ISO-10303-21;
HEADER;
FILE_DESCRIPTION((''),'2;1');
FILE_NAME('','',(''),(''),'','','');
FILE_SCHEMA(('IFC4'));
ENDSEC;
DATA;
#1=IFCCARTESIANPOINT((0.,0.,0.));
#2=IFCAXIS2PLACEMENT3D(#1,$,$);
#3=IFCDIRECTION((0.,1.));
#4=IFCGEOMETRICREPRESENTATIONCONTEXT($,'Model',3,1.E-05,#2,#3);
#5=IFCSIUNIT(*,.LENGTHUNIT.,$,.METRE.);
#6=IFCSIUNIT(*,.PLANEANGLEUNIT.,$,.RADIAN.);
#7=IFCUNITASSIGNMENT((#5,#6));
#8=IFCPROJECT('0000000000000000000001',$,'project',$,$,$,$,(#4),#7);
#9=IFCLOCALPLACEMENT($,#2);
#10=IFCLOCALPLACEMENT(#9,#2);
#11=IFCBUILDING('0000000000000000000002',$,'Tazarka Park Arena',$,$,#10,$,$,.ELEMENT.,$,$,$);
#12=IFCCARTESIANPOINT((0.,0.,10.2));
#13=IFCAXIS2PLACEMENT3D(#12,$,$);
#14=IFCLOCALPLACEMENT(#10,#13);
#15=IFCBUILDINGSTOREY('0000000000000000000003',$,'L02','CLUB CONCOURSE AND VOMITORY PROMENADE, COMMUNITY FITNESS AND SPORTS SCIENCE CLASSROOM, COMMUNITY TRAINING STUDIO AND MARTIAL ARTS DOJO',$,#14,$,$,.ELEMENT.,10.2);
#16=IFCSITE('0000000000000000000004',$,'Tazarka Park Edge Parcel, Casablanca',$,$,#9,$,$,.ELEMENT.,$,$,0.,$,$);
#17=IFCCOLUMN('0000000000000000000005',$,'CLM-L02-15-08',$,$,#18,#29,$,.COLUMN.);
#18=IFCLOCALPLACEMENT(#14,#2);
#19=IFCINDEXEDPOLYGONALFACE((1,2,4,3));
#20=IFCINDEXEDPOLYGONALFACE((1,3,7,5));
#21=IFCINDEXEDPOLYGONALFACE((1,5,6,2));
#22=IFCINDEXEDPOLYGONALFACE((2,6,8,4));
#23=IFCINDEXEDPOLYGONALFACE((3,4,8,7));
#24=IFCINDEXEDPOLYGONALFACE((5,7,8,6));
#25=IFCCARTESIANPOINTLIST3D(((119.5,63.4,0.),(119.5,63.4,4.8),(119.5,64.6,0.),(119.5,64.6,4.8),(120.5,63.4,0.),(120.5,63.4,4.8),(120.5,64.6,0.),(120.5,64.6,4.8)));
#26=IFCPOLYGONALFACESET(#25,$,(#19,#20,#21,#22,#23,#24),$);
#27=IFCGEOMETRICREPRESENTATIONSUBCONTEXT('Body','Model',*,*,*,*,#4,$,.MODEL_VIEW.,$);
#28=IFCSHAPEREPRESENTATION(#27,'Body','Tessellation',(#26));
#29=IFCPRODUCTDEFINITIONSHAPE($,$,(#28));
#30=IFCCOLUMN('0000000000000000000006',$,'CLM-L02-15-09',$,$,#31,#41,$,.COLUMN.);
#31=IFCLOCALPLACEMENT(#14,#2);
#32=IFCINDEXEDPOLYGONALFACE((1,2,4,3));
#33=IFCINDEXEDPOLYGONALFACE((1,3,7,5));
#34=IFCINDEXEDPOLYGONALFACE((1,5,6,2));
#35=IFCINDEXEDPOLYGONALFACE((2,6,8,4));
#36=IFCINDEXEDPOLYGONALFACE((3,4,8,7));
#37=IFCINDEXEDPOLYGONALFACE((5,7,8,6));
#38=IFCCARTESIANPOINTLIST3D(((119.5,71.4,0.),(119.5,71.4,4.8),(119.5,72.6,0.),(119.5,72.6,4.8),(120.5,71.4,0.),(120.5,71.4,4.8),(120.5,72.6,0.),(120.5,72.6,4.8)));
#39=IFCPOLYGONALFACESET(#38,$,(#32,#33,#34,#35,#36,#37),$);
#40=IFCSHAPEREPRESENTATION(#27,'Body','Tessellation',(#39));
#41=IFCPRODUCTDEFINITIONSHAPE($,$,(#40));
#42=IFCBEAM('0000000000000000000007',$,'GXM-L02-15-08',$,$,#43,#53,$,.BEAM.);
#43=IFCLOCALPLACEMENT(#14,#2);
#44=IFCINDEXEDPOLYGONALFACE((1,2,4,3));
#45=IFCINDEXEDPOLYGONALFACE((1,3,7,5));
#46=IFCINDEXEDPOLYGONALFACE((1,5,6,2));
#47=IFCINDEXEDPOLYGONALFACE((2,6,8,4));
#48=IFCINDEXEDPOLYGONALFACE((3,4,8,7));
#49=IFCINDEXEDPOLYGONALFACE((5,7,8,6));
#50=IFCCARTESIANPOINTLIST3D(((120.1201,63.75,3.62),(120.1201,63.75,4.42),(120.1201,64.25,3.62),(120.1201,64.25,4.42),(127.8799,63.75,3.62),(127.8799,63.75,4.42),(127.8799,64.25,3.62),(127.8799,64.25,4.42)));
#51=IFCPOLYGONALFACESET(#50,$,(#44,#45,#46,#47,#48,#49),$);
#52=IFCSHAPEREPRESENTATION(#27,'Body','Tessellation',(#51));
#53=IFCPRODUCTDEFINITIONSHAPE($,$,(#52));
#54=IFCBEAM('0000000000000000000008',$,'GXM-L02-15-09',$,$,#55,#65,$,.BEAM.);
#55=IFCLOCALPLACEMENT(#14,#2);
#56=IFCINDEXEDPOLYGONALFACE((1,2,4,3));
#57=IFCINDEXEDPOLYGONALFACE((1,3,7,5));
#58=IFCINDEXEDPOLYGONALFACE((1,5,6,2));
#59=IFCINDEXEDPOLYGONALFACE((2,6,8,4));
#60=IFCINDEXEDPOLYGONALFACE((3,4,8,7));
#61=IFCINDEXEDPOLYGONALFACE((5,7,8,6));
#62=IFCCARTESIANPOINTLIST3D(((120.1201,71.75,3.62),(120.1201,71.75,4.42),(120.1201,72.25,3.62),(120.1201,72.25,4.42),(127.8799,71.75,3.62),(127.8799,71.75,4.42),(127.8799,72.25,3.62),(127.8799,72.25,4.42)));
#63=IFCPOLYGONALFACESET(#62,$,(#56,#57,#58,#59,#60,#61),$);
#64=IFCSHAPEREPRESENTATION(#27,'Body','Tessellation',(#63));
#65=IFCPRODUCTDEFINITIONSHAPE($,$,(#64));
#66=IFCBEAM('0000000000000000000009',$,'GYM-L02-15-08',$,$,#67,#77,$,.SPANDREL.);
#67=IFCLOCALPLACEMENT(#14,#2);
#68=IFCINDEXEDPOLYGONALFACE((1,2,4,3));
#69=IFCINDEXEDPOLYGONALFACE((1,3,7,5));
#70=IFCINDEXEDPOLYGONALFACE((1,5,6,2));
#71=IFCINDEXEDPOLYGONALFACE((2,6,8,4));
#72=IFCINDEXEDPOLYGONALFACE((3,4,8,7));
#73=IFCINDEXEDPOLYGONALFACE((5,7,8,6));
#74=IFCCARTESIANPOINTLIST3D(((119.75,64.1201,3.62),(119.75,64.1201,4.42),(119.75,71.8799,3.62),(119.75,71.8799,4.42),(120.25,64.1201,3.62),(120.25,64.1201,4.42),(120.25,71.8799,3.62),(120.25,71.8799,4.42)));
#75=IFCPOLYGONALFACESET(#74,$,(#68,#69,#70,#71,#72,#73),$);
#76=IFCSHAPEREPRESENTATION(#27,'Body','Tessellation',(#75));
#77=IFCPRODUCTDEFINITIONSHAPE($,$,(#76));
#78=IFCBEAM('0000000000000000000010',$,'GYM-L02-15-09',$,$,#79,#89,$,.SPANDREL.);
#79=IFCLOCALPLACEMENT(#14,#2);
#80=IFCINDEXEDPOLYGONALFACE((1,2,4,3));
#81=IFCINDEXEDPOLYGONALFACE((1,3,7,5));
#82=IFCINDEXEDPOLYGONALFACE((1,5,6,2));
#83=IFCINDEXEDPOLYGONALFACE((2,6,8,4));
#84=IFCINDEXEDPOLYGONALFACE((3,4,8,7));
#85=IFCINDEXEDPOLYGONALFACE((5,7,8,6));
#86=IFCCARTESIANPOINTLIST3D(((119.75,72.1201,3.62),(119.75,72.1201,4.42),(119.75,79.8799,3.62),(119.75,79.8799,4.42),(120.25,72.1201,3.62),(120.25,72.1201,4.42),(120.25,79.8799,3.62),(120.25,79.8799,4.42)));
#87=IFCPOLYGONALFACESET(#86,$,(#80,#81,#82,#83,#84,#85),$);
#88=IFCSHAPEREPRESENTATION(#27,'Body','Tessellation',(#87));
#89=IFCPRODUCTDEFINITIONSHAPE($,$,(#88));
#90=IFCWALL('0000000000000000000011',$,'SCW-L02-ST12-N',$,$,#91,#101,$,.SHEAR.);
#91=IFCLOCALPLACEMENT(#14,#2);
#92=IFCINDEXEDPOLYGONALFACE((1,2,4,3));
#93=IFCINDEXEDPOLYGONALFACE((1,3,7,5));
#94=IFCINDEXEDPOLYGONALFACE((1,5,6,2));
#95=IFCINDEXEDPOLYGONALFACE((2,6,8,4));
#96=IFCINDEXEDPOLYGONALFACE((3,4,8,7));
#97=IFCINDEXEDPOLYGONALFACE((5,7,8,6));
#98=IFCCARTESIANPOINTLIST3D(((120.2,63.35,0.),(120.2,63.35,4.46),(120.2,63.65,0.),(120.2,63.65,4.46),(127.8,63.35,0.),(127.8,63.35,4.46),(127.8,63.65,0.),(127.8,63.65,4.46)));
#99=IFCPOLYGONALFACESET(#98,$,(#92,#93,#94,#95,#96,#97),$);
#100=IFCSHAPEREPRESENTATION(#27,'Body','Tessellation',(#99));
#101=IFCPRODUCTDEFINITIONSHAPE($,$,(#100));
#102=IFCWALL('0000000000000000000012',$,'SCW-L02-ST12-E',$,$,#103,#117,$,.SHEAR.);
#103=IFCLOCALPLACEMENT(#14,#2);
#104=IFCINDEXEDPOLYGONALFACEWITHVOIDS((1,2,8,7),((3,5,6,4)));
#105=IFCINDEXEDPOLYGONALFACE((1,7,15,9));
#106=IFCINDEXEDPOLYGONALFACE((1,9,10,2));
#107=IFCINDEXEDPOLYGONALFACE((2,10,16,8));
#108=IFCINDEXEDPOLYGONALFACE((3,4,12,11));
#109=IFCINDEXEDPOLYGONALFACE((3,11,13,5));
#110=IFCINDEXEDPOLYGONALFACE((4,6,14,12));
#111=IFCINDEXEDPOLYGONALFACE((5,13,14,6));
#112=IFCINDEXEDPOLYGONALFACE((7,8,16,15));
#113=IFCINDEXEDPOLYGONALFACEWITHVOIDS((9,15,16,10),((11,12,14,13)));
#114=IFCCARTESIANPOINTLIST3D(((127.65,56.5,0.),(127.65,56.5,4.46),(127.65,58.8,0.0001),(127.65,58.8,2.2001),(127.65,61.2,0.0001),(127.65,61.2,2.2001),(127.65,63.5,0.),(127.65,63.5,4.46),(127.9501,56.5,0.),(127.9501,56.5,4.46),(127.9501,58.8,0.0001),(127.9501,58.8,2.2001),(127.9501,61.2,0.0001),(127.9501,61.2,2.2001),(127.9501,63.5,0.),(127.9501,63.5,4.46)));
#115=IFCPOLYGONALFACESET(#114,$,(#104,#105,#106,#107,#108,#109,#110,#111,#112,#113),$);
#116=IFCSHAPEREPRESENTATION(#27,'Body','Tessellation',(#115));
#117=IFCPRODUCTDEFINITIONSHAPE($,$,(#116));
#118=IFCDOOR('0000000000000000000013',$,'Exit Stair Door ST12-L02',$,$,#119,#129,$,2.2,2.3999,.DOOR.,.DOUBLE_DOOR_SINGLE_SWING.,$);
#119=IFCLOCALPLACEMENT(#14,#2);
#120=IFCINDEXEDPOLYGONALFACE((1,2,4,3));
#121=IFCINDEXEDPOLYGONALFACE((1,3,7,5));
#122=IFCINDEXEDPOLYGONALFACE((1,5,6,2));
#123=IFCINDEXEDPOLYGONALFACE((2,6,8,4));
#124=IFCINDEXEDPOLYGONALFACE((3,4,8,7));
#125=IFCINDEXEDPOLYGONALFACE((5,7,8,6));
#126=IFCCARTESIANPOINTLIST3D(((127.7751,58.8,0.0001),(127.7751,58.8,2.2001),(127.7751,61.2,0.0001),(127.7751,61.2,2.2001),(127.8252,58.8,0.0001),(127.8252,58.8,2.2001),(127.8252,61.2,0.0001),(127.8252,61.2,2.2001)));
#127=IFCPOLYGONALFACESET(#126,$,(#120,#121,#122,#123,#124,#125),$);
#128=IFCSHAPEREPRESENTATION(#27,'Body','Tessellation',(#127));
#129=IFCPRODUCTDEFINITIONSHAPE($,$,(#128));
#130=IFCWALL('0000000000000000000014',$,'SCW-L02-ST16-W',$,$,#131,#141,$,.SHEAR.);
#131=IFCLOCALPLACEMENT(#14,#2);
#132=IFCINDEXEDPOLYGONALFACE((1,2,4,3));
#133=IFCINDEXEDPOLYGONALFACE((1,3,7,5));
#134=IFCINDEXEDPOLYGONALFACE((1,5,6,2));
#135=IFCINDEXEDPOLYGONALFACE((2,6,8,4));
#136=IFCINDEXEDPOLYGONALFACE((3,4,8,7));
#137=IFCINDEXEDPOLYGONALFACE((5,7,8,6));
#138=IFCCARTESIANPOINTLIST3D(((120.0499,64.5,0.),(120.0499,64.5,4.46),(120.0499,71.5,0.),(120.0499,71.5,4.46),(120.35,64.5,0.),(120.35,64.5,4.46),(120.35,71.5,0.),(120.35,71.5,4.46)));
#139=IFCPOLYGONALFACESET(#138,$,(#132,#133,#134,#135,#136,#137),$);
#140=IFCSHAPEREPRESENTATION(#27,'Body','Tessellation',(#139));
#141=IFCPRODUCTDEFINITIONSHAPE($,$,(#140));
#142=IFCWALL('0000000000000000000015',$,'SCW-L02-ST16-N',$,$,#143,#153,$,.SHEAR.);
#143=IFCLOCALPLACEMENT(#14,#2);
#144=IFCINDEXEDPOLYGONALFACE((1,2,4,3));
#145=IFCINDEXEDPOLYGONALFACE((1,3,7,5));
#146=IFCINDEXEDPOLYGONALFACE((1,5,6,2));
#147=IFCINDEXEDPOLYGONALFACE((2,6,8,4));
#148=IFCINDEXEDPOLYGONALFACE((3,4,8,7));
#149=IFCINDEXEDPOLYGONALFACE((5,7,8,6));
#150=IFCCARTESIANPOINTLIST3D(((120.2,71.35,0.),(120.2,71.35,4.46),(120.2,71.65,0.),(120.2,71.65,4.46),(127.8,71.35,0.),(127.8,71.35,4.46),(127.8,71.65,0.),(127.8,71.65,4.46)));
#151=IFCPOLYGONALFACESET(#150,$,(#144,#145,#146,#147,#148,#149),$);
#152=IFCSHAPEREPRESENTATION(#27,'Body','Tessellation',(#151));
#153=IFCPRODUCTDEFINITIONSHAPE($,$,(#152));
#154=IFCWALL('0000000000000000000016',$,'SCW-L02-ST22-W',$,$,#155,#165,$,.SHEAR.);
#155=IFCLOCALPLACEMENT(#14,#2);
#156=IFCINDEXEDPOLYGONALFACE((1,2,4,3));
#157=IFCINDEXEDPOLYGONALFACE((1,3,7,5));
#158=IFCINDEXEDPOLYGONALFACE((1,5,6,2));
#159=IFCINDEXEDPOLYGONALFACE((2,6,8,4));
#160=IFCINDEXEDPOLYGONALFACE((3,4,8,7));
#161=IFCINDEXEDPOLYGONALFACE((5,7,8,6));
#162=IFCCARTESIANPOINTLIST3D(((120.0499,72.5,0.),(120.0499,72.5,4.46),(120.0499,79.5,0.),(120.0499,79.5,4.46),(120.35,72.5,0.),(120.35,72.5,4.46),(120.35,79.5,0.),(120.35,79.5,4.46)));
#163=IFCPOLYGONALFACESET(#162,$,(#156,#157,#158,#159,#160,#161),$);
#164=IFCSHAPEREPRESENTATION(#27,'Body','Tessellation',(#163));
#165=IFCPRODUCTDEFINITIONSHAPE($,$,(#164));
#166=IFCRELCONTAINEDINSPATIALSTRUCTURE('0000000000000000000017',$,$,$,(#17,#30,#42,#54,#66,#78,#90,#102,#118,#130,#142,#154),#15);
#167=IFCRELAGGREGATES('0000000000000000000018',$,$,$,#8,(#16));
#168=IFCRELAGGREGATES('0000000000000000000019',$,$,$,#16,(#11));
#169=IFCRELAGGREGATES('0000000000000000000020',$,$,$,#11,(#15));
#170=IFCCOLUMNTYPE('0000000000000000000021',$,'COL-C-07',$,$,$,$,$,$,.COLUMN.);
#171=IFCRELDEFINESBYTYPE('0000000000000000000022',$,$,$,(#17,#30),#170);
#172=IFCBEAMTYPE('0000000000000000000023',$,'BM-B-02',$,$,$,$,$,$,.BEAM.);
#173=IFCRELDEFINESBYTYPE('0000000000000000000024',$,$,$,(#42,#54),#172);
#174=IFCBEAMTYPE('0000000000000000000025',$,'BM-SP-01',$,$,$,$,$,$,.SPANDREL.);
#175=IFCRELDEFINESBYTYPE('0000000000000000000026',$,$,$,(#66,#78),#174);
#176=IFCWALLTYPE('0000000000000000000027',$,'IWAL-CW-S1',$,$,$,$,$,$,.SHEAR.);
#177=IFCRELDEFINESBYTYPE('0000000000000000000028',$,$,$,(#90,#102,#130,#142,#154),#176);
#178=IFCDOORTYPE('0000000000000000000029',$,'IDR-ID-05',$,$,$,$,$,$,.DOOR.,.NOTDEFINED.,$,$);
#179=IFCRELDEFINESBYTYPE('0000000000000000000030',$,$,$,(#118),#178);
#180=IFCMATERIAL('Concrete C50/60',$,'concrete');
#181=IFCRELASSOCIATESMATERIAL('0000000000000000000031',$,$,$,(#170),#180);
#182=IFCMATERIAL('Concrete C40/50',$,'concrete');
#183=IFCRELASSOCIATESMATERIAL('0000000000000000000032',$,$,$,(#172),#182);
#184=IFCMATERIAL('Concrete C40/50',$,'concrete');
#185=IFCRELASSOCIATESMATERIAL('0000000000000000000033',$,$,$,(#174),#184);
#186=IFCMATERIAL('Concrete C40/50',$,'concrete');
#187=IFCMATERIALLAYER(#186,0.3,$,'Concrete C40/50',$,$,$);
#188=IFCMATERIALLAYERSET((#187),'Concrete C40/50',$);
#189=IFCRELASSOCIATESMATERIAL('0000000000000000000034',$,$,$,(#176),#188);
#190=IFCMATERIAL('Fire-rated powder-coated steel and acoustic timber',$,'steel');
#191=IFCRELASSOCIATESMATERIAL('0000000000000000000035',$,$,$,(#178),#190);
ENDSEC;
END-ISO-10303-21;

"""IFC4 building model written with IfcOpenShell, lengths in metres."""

from ifc_helpers import new_model, si_unit, direction, frame, frame_2d, origin, origin_2d, place, context, subcontext, project, spatial, rectangle, extrude, material, layer, layer_set, material_profile, profile_set, type_object, element, fill, save


model = new_model("IFC4")

# Units and contexts
model_context = context("Model", 3, precision=1e-05, world=origin(), true_north=direction((0.0, 1.0)))
body_context = subcontext(model_context, "Body", "Model", "MODEL_VIEW")
ifc_project = project(units=[si_unit("LENGTHUNIT", "METRE"), si_unit("PLANEANGLEUNIT", "RADIAN")], contexts=[model_context])

# Site, building, storey
site_placement = place(None, origin())
site = spatial("IfcSite", under=ifc_project, at=site_placement, Name="Tazarka Park Edge Parcel, Casablanca", CompositionType="ELEMENT", RefElevation=0.0)
building_placement = place(site_placement, origin())
building = spatial("IfcBuilding", under=site, at=building_placement, Name="Tazarka Park Arena", CompositionType="ELEMENT")
storey_placement = place(building_placement, frame((0.0, 0.0, 10.2)))
storey = spatial("IfcBuildingStorey", under=building, at=storey_placement, Name="L02", Description="CLUB CONCOURSE AND VOMITORY PROMENADE, COMMUNITY FITNESS AND SPORTS SCIENCE CLASSROOM, COMMUNITY TRAINING STUDIO AND MARTIAL ARTS DOJO", CompositionType="ELEMENT", Elevation=10.2)

# Columns
ifc_material_1 = material(Name="Concrete C50/60", Category="concrete")
ifc_material_profile_1 = material_profile(ifc_material_1, rectangle(XDim=1.0, YDim=1.2, at=origin_2d()), Name="Concrete C50/60")
ifc_profile_set_1 = profile_set([ifc_material_profile_1], Name="Concrete C50/60")
column_type = type_object("IfcColumnType", Name="COL-C-07", PredefinedType="COLUMN", material=ifc_profile_set_1)
for number, where, z_axis, x_axis, name in (
    (1, (120.0, 64.0, 0.0), (0.0, 0.0, 1.0), (1.0, 0.0, 0.0), "CLM-L02-15-08"),
    (2, (120.0, 72.0, 0.0), (0.0, 0.0, 1.0), (1.0, 0.0, 0.0), "CLM-L02-15-09"),
):
    element("IfcColumn", number, at=place(storey_placement, frame(where, z_axis=z_axis, x_axis=x_axis)), inside=storey, type_object=column_type, Name=name, PredefinedType="COLUMN", context=body_context, shape_type="SweptSolid", body=[
        extrude(rectangle(XDim=1.0, YDim=1.2, at=origin_2d()), origin(), (0.0, 0.0, 1.0), 4.8),
    ])

# Beams
ifc_material_2 = material(Name="Concrete C40/50", Category="concrete")
ifc_material_profile_2 = material_profile(ifc_material_2, rectangle(XDim=0.5, YDim=0.8, at=origin_2d()), Name="Concrete C40/50")
ifc_profile_set_2 = profile_set([ifc_material_profile_2], Name="Concrete C40/50")
beam_type_1 = type_object("IfcBeamType", Name="BM-B-02", PredefinedType="BEAM", material=ifc_profile_set_2)
for number, where, z_axis, x_axis, name in (
    (3, (120.1201, 64.0, 4.02), (1.0, 0.0, 0.0), (0.0, 1.0, 0.0), "GXM-L02-15-08"),
    (4, (120.1201, 72.0, 4.02), (1.0, 0.0, 0.0), (0.0, 1.0, 0.0), "GXM-L02-15-09"),
):
    element("IfcBeam", number, at=place(storey_placement, frame(where, z_axis=z_axis, x_axis=x_axis)), inside=storey, type_object=beam_type_1, Name=name, PredefinedType="BEAM", context=body_context, shape_type="SweptSolid", body=[
        extrude(rectangle(XDim=0.5, YDim=0.8, at=origin_2d()), origin(), (0.0, 0.0, 1.0), 7.7598),
    ])
ifc_material_3 = material(Name="Concrete C40/50", Category="concrete")
ifc_material_profile_3 = material_profile(ifc_material_3, rectangle(XDim=0.5, YDim=0.8, at=origin_2d()), Name="Concrete C40/50")
ifc_profile_set_3 = profile_set([ifc_material_profile_3], Name="Concrete C40/50")
beam_type_2 = type_object("IfcBeamType", Name="BM-SP-01", PredefinedType="SPANDREL", material=ifc_profile_set_3)
for number, where, z_axis, x_axis, name in (
    (5, (120.0, 64.1201, 4.02), (0.0, 1.0, 0.0), (-1.0, 0.0, 0.0), "GYM-L02-15-08"),
    (6, (120.0, 72.1201, 4.02), (0.0, 1.0, 0.0), (-1.0, 0.0, 0.0), "GYM-L02-15-09"),
):
    element("IfcBeam", number, at=place(storey_placement, frame(where, z_axis=z_axis, x_axis=x_axis)), inside=storey, type_object=beam_type_2, Name=name, PredefinedType="SPANDREL", context=body_context, shape_type="SweptSolid", body=[
        extrude(rectangle(XDim=0.5, YDim=0.8, at=origin_2d()), origin(), (0.0, 0.0, 1.0), 7.7598),
    ])

# Wall
ifc_material_4 = material(Name="Concrete C40/50", Category="concrete")
ifc_layer = layer(ifc_material_4, 0.3, Name="Concrete C40/50")
ifc_layer_set = layer_set([ifc_layer], Name="Concrete C40/50")
wall_type = type_object("IfcWallType", Name="IWAL-CW-S1", PredefinedType="SHEAR", material=ifc_layer_set)
wall_1_placement = place(storey_placement, frame((120.2, 63.5, 0.0), z_axis=(0.0, 0.0, 1.0), x_axis=(1.0, 0.0, 0.0)))
element("IfcWall", 7, at=wall_1_placement, inside=storey, type_object=wall_type, Name="SCW-L02-ST12-N", PredefinedType="SHEAR", context=body_context, shape_type="SweptSolid", body=[
    extrude(rectangle(XDim=7.6001, YDim=0.3, at=frame_2d((3.8, 0.0))), origin(), (0.0, 0.0, 1.0), 4.46),
])

# Wall, opening, door
wall_2_placement = place(storey_placement, frame((127.8, 63.5, 0.0), z_axis=(0.0, 0.0, 1.0), x_axis=(0.0, -1.0, 0.0)))
wall_2 = element("IfcWall", 8, at=wall_2_placement, inside=storey, type_object=wall_type, Name="SCW-L02-ST12-E", PredefinedType="SHEAR", context=body_context, shape_type="SweptSolid", body=[
    extrude(rectangle(XDim=7.0, YDim=0.3, at=frame_2d((3.5, 0.0))), origin(), (0.0, 0.0, 1.0), 4.46),
])
opening_placement = place(wall_2_placement, frame((2.3, 0.0, 0.0)))
opening = element("IfcOpeningElement", 9, at=opening_placement, cuts=wall_2, PredefinedType="OPENING", context=body_context, shape_type="SweptSolid", body=[
    extrude(rectangle(XDim=2.3999, YDim=2.2, at=frame_2d((1.2, 1.1001))), frame((0.0, 0.1602, 0.0), z_axis=(0.0, -1.0, 0.0), x_axis=(1.0, 0.0, 0.0)), (0.0, 0.0, 1.0), 0.3201),
])
ifc_material_5 = material(Name="Fire-rated powder-coated steel and acoustic timber", Category="steel")
door_type = type_object("IfcDoorType", Name="IDR-ID-05", OperationType="NOTDEFINED", PredefinedType="DOOR", material=ifc_material_5)
door_placement = place(opening_placement, frame((2.3999, 0.0, 0.0), z_axis=(0.0, 0.0, 1.0), x_axis=(-1.0, 0.0, 0.0)))
door = element("IfcDoor", 10, at=door_placement, inside=storey, type_object=door_type, Name="Exit Stair Door ST12-L02", OperationType="DOUBLE_DOOR_SINGLE_SWING", OverallHeight=2.2, OverallWidth=2.3999, PredefinedType="DOOR", context=body_context, shape_type="SweptSolid", body=[
    extrude(rectangle(XDim=2.3999, YDim=2.2, at=frame_2d((1.2, 1.1001))), frame((0.0, 0.0249, 0.0), z_axis=(0.0, -1.0, 0.0), x_axis=(1.0, 0.0, 0.0)), (0.0, 0.0, 1.0), 0.05),
])
fill(opening, door)

# Walls
wall_3_placement = place(storey_placement, frame((120.2, 64.5, 0.0), z_axis=(0.0, 0.0, 1.0), x_axis=(0.0, 1.0, 0.0)))
element("IfcWall", 11, at=wall_3_placement, inside=storey, type_object=wall_type, Name="SCW-L02-ST16-W", PredefinedType="SHEAR", context=body_context, shape_type="SweptSolid", body=[
    extrude(rectangle(XDim=7.0, YDim=0.3, at=frame_2d((3.5, 0.0))), origin(), (0.0, 0.0, 1.0), 4.46),
])
wall_4_placement = place(storey_placement, frame((120.2, 71.5, 0.0), z_axis=(0.0, 0.0, 1.0), x_axis=(1.0, 0.0, 0.0)))
element("IfcWall", 12, at=wall_4_placement, inside=storey, type_object=wall_type, Name="SCW-L02-ST16-N", PredefinedType="SHEAR", context=body_context, shape_type="SweptSolid", body=[
    extrude(rectangle(XDim=7.6001, YDim=0.3, at=frame_2d((3.8, 0.0))), origin(), (0.0, 0.0, 1.0), 4.46),
])
wall_5_placement = place(storey_placement, frame((120.2, 72.5, 0.0), z_axis=(0.0, 0.0, 1.0), x_axis=(0.0, 1.0, 0.0)))
element("IfcWall", 13, at=wall_5_placement, inside=storey, type_object=wall_type, Name="SCW-L02-ST22-W", PredefinedType="SHEAR", context=body_context, shape_type="SweptSolid", body=[
    extrude(rectangle(XDim=7.0, YDim=0.3, at=frame_2d((3.5, 0.0))), origin(), (0.0, 0.0, 1.0), 4.46),
])

save(model, "model.ifc")
